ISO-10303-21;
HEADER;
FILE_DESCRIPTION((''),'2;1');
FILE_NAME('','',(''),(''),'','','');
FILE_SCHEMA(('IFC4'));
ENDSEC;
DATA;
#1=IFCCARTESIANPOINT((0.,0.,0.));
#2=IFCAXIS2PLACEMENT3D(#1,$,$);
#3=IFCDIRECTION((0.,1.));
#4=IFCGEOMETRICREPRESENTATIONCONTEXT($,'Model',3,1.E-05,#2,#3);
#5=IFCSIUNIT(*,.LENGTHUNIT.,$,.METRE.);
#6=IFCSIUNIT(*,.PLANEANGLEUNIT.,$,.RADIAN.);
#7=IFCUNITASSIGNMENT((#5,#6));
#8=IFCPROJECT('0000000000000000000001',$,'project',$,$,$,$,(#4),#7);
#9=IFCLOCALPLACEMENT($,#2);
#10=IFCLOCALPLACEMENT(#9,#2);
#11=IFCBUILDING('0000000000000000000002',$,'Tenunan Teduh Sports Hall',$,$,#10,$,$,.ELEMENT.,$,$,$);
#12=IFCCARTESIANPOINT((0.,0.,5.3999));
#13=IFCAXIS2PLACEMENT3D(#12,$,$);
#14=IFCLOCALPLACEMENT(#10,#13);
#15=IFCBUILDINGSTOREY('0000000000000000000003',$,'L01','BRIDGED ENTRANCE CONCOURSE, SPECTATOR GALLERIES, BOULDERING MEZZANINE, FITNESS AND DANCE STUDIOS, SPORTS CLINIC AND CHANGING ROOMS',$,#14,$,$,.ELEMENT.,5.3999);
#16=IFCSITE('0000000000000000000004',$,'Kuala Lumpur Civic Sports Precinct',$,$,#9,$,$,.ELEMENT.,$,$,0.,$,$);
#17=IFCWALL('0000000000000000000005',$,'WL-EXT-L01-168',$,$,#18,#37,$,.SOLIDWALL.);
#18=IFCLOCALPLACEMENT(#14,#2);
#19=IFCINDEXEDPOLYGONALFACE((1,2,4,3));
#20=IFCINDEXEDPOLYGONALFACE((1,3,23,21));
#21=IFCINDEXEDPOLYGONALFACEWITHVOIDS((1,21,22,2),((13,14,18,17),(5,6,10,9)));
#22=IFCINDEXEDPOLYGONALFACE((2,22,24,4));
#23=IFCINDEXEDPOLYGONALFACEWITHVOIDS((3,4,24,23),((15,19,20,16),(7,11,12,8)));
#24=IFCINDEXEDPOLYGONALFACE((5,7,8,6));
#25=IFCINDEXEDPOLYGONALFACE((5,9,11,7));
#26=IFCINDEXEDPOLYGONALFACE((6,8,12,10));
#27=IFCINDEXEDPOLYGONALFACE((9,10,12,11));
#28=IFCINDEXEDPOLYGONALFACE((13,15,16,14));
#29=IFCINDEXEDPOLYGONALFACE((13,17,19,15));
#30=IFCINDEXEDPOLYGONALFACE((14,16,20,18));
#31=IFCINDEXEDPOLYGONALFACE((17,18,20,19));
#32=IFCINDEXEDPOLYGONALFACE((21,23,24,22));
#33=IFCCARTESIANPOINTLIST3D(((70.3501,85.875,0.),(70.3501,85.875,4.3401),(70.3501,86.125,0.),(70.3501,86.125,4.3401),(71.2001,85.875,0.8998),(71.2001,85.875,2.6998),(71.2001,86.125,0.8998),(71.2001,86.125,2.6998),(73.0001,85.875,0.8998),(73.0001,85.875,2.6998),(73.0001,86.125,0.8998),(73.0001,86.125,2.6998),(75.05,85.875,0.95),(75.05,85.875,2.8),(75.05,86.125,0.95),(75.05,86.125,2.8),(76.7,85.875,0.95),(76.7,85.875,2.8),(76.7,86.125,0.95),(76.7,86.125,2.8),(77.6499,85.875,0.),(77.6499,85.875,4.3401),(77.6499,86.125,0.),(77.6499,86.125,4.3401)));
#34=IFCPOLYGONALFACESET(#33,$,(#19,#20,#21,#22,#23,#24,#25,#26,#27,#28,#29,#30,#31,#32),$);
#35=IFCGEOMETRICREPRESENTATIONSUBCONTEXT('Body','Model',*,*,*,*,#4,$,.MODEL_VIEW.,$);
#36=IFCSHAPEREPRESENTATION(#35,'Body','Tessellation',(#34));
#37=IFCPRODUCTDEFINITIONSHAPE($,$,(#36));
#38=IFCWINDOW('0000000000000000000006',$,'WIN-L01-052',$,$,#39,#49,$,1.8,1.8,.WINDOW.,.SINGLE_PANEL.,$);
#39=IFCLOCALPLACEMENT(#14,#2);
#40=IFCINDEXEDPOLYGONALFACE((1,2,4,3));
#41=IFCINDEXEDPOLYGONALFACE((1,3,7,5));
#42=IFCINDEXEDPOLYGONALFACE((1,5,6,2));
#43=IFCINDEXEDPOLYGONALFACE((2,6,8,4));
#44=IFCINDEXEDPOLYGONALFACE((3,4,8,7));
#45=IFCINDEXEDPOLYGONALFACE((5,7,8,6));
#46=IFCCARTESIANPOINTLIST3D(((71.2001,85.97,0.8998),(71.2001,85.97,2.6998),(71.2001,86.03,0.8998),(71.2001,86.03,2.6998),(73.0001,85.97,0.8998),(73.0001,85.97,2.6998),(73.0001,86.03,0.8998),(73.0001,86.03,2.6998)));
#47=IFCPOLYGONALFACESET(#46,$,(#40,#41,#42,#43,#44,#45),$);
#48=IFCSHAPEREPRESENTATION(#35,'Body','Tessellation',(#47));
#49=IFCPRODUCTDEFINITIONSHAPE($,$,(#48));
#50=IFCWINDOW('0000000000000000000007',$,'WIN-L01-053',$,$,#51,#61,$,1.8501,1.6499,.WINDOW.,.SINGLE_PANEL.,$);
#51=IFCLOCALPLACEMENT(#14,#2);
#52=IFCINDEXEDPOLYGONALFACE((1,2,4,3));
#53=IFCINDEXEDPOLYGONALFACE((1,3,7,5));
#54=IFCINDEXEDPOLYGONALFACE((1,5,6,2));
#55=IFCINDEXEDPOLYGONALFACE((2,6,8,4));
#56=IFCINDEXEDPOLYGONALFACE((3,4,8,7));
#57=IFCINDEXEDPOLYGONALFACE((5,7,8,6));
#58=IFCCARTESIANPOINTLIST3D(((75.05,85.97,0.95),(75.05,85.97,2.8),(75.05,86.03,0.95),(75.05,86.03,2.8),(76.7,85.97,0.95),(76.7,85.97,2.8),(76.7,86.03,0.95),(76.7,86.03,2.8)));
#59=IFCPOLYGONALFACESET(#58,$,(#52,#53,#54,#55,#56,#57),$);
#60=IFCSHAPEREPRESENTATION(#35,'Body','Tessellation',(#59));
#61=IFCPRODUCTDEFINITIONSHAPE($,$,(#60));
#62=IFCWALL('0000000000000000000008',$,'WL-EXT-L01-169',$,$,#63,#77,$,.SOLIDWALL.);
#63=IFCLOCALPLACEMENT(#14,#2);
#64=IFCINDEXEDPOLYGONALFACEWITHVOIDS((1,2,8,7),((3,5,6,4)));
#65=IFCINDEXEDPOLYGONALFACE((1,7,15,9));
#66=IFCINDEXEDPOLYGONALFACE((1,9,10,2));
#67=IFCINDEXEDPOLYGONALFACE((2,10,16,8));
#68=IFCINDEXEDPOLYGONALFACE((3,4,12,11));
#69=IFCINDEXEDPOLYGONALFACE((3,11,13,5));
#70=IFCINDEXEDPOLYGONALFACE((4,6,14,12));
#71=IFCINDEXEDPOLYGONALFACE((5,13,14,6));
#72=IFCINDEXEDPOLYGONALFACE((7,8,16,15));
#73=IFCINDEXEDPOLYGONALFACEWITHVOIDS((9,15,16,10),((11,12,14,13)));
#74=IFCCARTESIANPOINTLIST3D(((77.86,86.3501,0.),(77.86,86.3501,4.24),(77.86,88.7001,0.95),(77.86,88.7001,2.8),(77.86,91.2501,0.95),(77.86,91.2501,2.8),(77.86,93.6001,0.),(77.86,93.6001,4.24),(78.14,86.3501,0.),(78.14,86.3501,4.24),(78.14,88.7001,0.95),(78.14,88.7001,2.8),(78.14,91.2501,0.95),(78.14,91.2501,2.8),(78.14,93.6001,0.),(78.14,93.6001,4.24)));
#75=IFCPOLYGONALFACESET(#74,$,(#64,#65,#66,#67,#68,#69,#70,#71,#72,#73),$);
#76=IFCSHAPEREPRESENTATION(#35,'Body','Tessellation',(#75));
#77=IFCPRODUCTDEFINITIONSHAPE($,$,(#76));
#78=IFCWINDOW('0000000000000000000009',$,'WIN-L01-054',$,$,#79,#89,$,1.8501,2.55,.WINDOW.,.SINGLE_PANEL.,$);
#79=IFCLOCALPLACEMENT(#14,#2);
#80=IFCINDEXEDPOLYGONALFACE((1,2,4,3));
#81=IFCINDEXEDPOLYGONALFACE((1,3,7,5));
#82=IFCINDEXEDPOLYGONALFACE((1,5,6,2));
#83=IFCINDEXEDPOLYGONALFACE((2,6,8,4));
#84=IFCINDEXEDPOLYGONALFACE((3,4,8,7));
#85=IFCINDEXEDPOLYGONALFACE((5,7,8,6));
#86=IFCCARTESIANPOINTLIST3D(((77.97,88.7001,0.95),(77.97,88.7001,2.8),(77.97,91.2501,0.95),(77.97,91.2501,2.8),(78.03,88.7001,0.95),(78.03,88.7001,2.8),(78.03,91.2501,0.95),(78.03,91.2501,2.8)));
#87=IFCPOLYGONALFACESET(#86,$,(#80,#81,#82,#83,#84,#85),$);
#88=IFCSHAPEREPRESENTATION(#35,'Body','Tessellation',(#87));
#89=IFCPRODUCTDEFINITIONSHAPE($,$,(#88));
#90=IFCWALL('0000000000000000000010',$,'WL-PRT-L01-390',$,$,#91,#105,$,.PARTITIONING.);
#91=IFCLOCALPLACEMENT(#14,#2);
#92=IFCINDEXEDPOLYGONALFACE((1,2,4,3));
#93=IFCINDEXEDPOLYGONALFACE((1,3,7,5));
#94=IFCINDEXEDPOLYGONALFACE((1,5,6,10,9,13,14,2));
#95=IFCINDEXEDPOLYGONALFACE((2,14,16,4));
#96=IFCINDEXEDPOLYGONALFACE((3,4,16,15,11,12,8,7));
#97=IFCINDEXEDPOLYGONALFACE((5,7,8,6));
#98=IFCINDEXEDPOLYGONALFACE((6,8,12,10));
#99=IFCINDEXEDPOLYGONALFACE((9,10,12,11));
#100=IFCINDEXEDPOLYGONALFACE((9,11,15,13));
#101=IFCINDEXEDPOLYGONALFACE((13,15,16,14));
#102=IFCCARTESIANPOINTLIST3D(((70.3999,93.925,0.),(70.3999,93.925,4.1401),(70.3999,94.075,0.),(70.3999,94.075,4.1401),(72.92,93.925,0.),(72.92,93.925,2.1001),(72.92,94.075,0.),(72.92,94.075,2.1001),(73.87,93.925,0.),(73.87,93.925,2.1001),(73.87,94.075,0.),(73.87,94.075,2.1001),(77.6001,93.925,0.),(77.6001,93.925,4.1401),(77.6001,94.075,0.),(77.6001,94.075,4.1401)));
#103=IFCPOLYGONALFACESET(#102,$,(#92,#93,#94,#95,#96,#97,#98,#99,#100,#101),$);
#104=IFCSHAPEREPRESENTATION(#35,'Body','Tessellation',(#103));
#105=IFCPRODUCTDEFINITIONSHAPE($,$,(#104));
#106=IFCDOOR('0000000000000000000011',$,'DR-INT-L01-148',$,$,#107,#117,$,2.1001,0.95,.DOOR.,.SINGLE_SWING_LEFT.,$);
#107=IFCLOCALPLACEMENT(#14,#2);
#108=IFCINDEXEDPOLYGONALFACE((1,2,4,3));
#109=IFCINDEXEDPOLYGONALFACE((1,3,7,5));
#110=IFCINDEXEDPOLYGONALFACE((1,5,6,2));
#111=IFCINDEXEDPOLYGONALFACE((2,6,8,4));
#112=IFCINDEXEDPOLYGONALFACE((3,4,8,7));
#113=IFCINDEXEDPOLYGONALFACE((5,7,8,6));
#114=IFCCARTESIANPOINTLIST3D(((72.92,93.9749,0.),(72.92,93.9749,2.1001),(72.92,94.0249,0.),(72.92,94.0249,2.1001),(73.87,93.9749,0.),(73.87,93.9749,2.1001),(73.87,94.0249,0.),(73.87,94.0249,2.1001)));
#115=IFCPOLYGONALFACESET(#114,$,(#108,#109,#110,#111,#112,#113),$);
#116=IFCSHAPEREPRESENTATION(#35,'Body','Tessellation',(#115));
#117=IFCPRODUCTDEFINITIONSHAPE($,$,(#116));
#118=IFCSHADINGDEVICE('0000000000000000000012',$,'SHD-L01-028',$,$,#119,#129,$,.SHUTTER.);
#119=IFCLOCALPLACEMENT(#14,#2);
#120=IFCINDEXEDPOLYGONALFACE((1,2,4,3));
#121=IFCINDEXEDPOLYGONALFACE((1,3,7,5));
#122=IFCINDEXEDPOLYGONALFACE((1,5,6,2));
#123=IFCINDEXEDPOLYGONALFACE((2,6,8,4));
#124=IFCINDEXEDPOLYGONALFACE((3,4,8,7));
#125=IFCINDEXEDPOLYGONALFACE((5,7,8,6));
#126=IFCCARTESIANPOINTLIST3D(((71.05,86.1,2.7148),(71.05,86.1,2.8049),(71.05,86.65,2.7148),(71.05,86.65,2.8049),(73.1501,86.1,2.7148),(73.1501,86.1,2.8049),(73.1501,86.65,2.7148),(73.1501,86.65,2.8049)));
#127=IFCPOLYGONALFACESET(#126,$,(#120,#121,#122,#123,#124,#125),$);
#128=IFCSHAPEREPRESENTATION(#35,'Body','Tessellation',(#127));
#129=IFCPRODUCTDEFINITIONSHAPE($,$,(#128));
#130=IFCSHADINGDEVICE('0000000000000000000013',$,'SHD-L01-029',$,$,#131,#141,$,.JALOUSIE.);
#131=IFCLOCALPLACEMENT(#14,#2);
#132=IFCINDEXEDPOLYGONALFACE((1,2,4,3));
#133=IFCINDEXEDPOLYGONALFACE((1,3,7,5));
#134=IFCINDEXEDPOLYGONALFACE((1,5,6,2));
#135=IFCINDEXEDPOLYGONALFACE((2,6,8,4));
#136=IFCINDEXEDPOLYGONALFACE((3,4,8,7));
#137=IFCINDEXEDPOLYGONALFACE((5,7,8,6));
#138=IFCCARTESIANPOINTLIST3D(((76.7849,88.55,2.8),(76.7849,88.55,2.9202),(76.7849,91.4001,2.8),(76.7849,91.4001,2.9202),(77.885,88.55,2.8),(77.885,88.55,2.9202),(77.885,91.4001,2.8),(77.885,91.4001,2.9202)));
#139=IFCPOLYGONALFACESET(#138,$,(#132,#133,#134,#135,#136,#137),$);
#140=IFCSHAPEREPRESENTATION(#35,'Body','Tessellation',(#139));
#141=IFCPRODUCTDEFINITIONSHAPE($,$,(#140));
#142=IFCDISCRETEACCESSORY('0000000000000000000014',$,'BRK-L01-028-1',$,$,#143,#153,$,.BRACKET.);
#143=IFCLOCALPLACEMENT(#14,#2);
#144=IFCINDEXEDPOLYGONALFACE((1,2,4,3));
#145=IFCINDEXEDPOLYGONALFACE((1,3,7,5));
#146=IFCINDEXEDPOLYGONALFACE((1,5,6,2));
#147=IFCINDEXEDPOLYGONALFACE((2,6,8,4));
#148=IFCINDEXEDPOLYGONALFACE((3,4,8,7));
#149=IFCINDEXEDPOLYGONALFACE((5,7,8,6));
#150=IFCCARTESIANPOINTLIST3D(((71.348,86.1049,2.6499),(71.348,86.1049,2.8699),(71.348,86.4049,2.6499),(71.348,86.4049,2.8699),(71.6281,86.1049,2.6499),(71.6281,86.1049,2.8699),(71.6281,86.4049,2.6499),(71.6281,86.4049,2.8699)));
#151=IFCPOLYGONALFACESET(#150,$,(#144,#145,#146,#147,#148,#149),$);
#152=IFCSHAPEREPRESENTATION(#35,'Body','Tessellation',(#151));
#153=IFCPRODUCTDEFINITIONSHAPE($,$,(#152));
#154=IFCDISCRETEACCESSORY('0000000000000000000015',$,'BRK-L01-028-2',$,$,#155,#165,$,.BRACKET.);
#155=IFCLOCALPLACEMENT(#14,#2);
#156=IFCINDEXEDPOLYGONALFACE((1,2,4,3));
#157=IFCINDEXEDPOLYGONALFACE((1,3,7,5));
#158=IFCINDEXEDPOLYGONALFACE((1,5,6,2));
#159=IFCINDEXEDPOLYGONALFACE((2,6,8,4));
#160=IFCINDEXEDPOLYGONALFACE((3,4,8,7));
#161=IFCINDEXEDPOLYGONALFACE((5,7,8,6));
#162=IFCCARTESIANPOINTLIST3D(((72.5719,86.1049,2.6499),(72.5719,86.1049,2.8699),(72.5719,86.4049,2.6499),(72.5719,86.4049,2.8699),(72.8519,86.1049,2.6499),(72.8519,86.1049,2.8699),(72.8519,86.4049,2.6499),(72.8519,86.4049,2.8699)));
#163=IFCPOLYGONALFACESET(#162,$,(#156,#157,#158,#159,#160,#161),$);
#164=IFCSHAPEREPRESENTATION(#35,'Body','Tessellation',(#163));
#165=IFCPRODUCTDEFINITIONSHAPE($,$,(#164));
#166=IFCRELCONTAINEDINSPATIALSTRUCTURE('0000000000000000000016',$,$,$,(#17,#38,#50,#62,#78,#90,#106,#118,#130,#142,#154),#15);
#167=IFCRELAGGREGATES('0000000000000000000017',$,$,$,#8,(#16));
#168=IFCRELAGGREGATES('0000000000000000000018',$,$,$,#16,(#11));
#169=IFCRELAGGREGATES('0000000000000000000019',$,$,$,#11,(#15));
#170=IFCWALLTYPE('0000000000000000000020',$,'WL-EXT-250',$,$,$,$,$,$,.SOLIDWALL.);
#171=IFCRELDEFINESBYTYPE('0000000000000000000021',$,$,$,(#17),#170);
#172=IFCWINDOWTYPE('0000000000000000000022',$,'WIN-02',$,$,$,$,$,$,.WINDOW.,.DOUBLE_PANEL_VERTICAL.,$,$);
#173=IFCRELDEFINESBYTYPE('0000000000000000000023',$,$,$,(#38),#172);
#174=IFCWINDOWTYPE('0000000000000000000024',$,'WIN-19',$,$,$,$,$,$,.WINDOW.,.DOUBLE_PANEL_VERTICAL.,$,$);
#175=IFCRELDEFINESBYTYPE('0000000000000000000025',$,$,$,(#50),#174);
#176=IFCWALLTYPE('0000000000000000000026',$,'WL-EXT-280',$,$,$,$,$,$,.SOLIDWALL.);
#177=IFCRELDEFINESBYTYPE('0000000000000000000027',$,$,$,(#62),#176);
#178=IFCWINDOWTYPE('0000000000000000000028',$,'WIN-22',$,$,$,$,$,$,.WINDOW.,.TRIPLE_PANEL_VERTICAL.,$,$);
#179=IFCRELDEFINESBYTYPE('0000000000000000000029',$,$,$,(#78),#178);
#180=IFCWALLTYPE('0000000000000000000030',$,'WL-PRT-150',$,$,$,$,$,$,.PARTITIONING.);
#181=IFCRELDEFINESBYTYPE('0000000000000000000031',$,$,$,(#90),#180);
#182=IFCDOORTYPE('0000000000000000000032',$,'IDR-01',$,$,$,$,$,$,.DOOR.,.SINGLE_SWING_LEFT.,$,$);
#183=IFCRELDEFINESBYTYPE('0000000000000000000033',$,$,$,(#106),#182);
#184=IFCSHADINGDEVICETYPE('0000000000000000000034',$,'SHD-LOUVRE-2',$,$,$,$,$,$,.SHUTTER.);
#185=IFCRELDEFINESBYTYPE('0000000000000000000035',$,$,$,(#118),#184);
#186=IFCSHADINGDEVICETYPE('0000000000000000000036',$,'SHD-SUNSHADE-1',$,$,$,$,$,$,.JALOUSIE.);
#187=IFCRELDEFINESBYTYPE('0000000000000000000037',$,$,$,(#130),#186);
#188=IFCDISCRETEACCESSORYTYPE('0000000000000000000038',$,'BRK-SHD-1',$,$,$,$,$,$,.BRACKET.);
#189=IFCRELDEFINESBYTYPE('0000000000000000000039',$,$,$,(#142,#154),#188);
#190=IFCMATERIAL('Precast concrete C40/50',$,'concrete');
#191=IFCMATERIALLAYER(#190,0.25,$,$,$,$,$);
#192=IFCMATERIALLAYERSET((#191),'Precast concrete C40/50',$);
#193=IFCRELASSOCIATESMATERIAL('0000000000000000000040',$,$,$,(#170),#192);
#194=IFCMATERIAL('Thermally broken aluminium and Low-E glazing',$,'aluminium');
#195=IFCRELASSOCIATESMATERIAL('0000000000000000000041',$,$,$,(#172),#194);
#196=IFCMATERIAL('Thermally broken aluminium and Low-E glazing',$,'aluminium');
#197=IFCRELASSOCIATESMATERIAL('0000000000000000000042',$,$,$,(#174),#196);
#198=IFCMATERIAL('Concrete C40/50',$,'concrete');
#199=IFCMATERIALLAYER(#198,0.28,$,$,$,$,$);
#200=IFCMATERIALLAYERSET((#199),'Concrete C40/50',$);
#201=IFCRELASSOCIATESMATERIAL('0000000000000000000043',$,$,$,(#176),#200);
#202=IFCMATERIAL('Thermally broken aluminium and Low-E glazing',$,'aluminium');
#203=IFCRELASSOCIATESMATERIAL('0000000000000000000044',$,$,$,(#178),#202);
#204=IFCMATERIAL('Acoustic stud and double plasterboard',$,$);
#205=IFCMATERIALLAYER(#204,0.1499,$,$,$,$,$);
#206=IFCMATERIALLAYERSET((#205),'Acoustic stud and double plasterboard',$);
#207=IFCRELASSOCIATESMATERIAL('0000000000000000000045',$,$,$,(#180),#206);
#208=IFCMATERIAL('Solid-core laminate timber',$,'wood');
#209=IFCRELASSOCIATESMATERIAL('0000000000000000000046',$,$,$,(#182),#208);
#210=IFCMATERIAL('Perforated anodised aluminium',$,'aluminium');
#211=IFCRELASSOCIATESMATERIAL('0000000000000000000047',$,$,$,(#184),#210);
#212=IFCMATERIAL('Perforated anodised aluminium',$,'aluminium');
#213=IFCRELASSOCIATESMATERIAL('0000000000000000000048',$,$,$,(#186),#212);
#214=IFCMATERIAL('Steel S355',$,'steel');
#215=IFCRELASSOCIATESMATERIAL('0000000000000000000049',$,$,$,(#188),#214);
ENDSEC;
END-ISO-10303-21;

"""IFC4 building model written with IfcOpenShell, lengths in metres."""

from ifc_helpers import new_model, si_unit, direction, frame, frame_2d, origin, origin_2d, place, context, subcontext, project, spatial, rectangle, extrude, material, layer, layer_set, type_object, element, fill, save


model = new_model("IFC4")

# Units and contexts
model_context = context("Model", 3, precision=1e-05, world=origin(), true_north=direction((0.0, 1.0)))
body_context = subcontext(model_context, "Body", "Model", "MODEL_VIEW")
ifc_project = project(units=[si_unit("LENGTHUNIT", "METRE"), si_unit("PLANEANGLEUNIT", "RADIAN")], contexts=[model_context])

# Site, building, storey
site_placement = place(None, origin())
site = spatial("IfcSite", under=ifc_project, at=site_placement, Name="Kuala Lumpur Civic Sports Precinct", CompositionType="ELEMENT", RefElevation=0.0)
building_placement = place(site_placement, origin())
building = spatial("IfcBuilding", under=site, at=building_placement, Name="Tenunan Teduh Sports Hall", CompositionType="ELEMENT")
storey_placement = place(building_placement, frame((0.0, 0.0, 5.3999)))
storey = spatial("IfcBuildingStorey", under=building, at=storey_placement, Name="L01", Description="BRIDGED ENTRANCE CONCOURSE, SPECTATOR GALLERIES, BOULDERING MEZZANINE, FITNESS AND DANCE STUDIOS, SPORTS CLINIC AND CHANGING ROOMS", CompositionType="ELEMENT", Elevation=5.3999)

# Wall, openings, windows
ifc_material_1 = material(Name="Precast concrete C40/50", Category="concrete")
ifc_layer_1 = layer(ifc_material_1, 0.25)
ifc_layer_set_1 = layer_set([ifc_layer_1], Name="Precast concrete C40/50")
wall_type_1 = type_object("IfcWallType", Name="WL-EXT-250", PredefinedType="SOLIDWALL", material=ifc_layer_set_1)
wall_1_placement = place(storey_placement, frame((70.3501, 86.0, 0.0), z_axis=(0.0, 0.0, 1.0), x_axis=(1.0, 0.0, 0.0)))
wall_1 = element("IfcWall", 1, at=wall_1_placement, inside=storey, type_object=wall_type_1, Name="WL-EXT-L01-168", PredefinedType="SOLIDWALL", context=body_context, shape_type="SweptSolid", body=[
    extrude(rectangle(XDim=7.2998, YDim=0.25, at=frame_2d((3.6499, 0.0))), origin(), (0.0, 0.0, 1.0), 4.3401),
])
opening_1_placement = place(wall_1_placement, frame((0.8501, 0.0, 0.8999)))
opening_1 = element("IfcOpeningElement", 2, at=opening_1_placement, cuts=wall_1, PredefinedType="OPENING", context=body_context, shape_type="SweptSolid", body=[
    extrude(rectangle(XDim=1.8, YDim=1.8, at=frame_2d((0.8999, 0.8999))), frame((0.0, 0.135, 0.0), z_axis=(0.0, -1.0, 0.0), x_axis=(1.0, 0.0, 0.0)), (0.0, 0.0, 1.0), 0.27),
])
opening_2_placement = place(wall_1_placement, frame((4.7, 0.0, 0.95)))
opening_2 = element("IfcOpeningElement", 3, at=opening_2_placement, cuts=wall_1, PredefinedType="OPENING", context=body_context, shape_type="SweptSolid", body=[
    extrude(rectangle(XDim=1.6499, YDim=1.8501, at=frame_2d((0.825, 0.925))), frame((0.0, 0.135, 0.0), z_axis=(0.0, -1.0, 0.0), x_axis=(1.0, 0.0, 0.0)), (0.0, 0.0, 1.0), 0.27),
])
ifc_material_2 = material(Name="Thermally broken aluminium and Low-E glazing", Category="aluminium")
window_type_1 = type_object("IfcWindowType", Name="WIN-02", PartitioningType="DOUBLE_PANEL_VERTICAL", PredefinedType="WINDOW", material=ifc_material_2)
window_1_placement = place(opening_1_placement, origin())
window_1 = element("IfcWindow", 4, at=window_1_placement, inside=storey, type_object=window_type_1, Name="WIN-L01-052", OverallHeight=1.8, OverallWidth=1.8, PartitioningType="SINGLE_PANEL", PredefinedType="WINDOW", context=body_context, shape_type="SweptSolid", body=[
    extrude(rectangle(XDim=1.8, YDim=1.8, at=frame_2d((0.8999, 0.8999))), frame((0.0, 0.03, 0.0), z_axis=(0.0, -1.0, 0.0), x_axis=(1.0, 0.0, 0.0)), (0.0, 0.0, 1.0), 0.0601),
])
fill(opening_1, window_1)
ifc_material_3 = material(Name="Thermally broken aluminium and Low-E glazing", Category="aluminium")
window_type_2 = type_object("IfcWindowType", Name="WIN-19", PartitioningType="DOUBLE_PANEL_VERTICAL", PredefinedType="WINDOW", material=ifc_material_3)
window_2_placement = place(opening_2_placement, origin())
window_2 = element("IfcWindow", 5, at=window_2_placement, inside=storey, type_object=window_type_2, Name="WIN-L01-053", OverallHeight=1.8501, OverallWidth=1.6499, PartitioningType="SINGLE_PANEL", PredefinedType="WINDOW", context=body_context, shape_type="SweptSolid", body=[
    extrude(rectangle(XDim=1.6499, YDim=1.8501, at=frame_2d((0.825, 0.925))), frame((0.0, 0.03, 0.0), z_axis=(0.0, -1.0, 0.0), x_axis=(1.0, 0.0, 0.0)), (0.0, 0.0, 1.0), 0.0601),
])
fill(opening_2, window_2)

# Wall, opening, window
ifc_material_4 = material(Name="Concrete C40/50", Category="concrete")
ifc_layer_2 = layer(ifc_material_4, 0.28)
ifc_layer_set_2 = layer_set([ifc_layer_2], Name="Concrete C40/50")
wall_type_2 = type_object("IfcWallType", Name="WL-EXT-280", PredefinedType="SOLIDWALL", material=ifc_layer_set_2)
wall_2_placement = place(storey_placement, frame((78.0, 86.3501, 0.0), z_axis=(0.0, 0.0, 1.0), x_axis=(0.0, 1.0, 0.0)))
wall_2 = element("IfcWall", 6, at=wall_2_placement, inside=storey, type_object=wall_type_2, Name="WL-EXT-L01-169", PredefinedType="SOLIDWALL", context=body_context, shape_type="SweptSolid", body=[
    extrude(rectangle(XDim=7.25, YDim=0.28, at=frame_2d((3.625, 0.0))), origin(), (0.0, 0.0, 1.0), 4.24),
])
opening_3_placement = place(wall_2_placement, frame((2.3501, 0.0, 0.95)))
opening_3 = element("IfcOpeningElement", 7, at=opening_3_placement, cuts=wall_2, PredefinedType="OPENING", context=body_context, shape_type="SweptSolid", body=[
    extrude(rectangle(XDim=2.55, YDim=1.8501, at=frame_2d((1.2749, 0.925))), frame((0.0, 0.1499, 0.0), z_axis=(0.0, -1.0, 0.0), x_axis=(1.0, 0.0, 0.0)), (0.0, 0.0, 1.0), 0.3),
])
ifc_material_5 = material(Name="Thermally broken aluminium and Low-E glazing", Category="aluminium")
window_type_3 = type_object("IfcWindowType", Name="WIN-22", PartitioningType="TRIPLE_PANEL_VERTICAL", PredefinedType="WINDOW", material=ifc_material_5)
window_3_placement = place(opening_3_placement, origin())
window_3 = element("IfcWindow", 8, at=window_3_placement, inside=storey, type_object=window_type_3, Name="WIN-L01-054", OverallHeight=1.8501, OverallWidth=2.55, PartitioningType="SINGLE_PANEL", PredefinedType="WINDOW", context=body_context, shape_type="SweptSolid", body=[
    extrude(rectangle(XDim=2.55, YDim=1.8501, at=frame_2d((1.2749, 0.925))), frame((0.0, 0.03, 0.0), z_axis=(0.0, -1.0, 0.0), x_axis=(1.0, 0.0, 0.0)), (0.0, 0.0, 1.0), 0.0601),
])
fill(opening_3, window_3)

# Wall, opening, door
ifc_material_6 = material(Name="Acoustic stud and double plasterboard")
ifc_layer_3 = layer(ifc_material_6, 0.1499)
ifc_layer_set_3 = layer_set([ifc_layer_3], Name="Acoustic stud and double plasterboard")
wall_type_3 = type_object("IfcWallType", Name="WL-PRT-150", PredefinedType="PARTITIONING", material=ifc_layer_set_3)
wall_3_placement = place(storey_placement, frame((70.3999, 94.0, 0.0), z_axis=(0.0, 0.0, 1.0), x_axis=(1.0, 0.0, 0.0)))
wall_3 = element("IfcWall", 9, at=wall_3_placement, inside=storey, type_object=wall_type_3, Name="WL-PRT-L01-390", PredefinedType="PARTITIONING", context=body_context, shape_type="SweptSolid", body=[
    extrude(rectangle(XDim=7.2002, YDim=0.1499, at=frame_2d((3.6001, 0.0))), origin(), (0.0, 0.0, 1.0), 4.1401),
])
opening_4_placement = place(wall_3_placement, frame((2.52, 0.0, 0.0)))
opening_4 = element("IfcOpeningElement", 10, at=opening_4_placement, cuts=wall_3, PredefinedType="OPENING", context=body_context, shape_type="SweptSolid", body=[
    extrude(rectangle(XDim=0.95, YDim=2.1001, at=frame_2d((0.4751, 1.05))), frame((0.0, 0.085, 0.0), z_axis=(0.0, -1.0, 0.0), x_axis=(1.0, 0.0, 0.0)), (0.0, 0.0, 1.0), 0.1699),
])
ifc_material_7 = material(Name="Solid-core laminate timber", Category="wood")
door_type = type_object("IfcDoorType", Name="IDR-01", OperationType="SINGLE_SWING_LEFT", PredefinedType="DOOR", material=ifc_material_7)
door_placement = place(opening_4_placement, origin())
door = element("IfcDoor", 11, at=door_placement, inside=storey, type_object=door_type, Name="DR-INT-L01-148", OperationType="SINGLE_SWING_LEFT", OverallHeight=2.1001, OverallWidth=0.95, PredefinedType="DOOR", context=body_context, shape_type="SweptSolid", body=[
    extrude(rectangle(XDim=0.95, YDim=2.1001, at=frame_2d((0.4751, 1.05))), frame((0.0, 0.0249, 0.0), z_axis=(0.0, -1.0, 0.0), x_axis=(1.0, 0.0, 0.0)), (0.0, 0.0, 1.0), 0.05),
])
fill(opening_4, door)

# Shading devices
ifc_material_8 = material(Name="Perforated anodised aluminium", Category="aluminium")
shading_device_type_1 = type_object("IfcShadingDeviceType", Name="SHD-LOUVRE-2", PredefinedType="SHUTTER", material=ifc_material_8)
shading_device_1_placement = place(storey_placement, frame((72.1001, 86.375, 2.7148), z_axis=(0.0, 0.0, 1.0), x_axis=(1.0, 0.0, 0.0)))
element("IfcShadingDevice", 12, at=shading_device_1_placement, inside=storey, type_object=shading_device_type_1, Name="SHD-L01-028", PredefinedType="SHUTTER", context=body_context, shape_type="SweptSolid", body=[
    extrude(rectangle(XDim=2.1001, YDim=0.55, at=origin_2d()), origin(), (0.0, 0.0, 1.0), 0.0901),
])
ifc_material_9 = material(Name="Perforated anodised aluminium", Category="aluminium")
shading_device_type_2 = type_object("IfcShadingDeviceType", Name="SHD-SUNSHADE-1", PredefinedType="JALOUSIE", material=ifc_material_9)
shading_device_2_placement = place(storey_placement, frame((77.335, 89.9751, 2.8), z_axis=(0.0, 0.0, 1.0), x_axis=(0.0, 1.0, 0.0)))
element("IfcShadingDevice", 13, at=shading_device_2_placement, inside=storey, type_object=shading_device_type_2, Name="SHD-L01-029", PredefinedType="JALOUSIE", context=body_context, shape_type="SweptSolid", body=[
    extrude(rectangle(XDim=2.8501, YDim=1.1001, at=origin_2d()), origin(), (0.0, 0.0, 1.0), 0.1201),
])

# Discrete accessories
ifc_material_10 = material(Name="Steel S355", Category="steel")
discrete_accessory_type_1 = type_object("IfcDiscreteAccessoryType", Name="BRK-SHD-1", PredefinedType="BRACKET", material=ifc_material_10)
for number, where, z_axis, x_axis, name in (
    (14, (71.488, 86.2549, 2.6499), (0.0, 0.0, 1.0), (1.0, 0.0, 0.0), "BRK-L01-028-1"),
    (15, (72.7119, 86.2549, 2.6499), (0.0, 0.0, 1.0), (1.0, 0.0, 0.0), "BRK-L01-028-2"),
):
    element("IfcDiscreteAccessory", number, at=place(storey_placement, frame(where, z_axis=z_axis, x_axis=x_axis)), inside=storey, type_object=discrete_accessory_type_1, Name=name, PredefinedType="BRACKET", context=body_context, shape_type="SweptSolid", body=[
        extrude(rectangle(XDim=0.28, YDim=0.3, at=origin_2d()), origin(), (0.0, 0.0, 1.0), 0.22),
    ])

save(model, "model.ifc")
